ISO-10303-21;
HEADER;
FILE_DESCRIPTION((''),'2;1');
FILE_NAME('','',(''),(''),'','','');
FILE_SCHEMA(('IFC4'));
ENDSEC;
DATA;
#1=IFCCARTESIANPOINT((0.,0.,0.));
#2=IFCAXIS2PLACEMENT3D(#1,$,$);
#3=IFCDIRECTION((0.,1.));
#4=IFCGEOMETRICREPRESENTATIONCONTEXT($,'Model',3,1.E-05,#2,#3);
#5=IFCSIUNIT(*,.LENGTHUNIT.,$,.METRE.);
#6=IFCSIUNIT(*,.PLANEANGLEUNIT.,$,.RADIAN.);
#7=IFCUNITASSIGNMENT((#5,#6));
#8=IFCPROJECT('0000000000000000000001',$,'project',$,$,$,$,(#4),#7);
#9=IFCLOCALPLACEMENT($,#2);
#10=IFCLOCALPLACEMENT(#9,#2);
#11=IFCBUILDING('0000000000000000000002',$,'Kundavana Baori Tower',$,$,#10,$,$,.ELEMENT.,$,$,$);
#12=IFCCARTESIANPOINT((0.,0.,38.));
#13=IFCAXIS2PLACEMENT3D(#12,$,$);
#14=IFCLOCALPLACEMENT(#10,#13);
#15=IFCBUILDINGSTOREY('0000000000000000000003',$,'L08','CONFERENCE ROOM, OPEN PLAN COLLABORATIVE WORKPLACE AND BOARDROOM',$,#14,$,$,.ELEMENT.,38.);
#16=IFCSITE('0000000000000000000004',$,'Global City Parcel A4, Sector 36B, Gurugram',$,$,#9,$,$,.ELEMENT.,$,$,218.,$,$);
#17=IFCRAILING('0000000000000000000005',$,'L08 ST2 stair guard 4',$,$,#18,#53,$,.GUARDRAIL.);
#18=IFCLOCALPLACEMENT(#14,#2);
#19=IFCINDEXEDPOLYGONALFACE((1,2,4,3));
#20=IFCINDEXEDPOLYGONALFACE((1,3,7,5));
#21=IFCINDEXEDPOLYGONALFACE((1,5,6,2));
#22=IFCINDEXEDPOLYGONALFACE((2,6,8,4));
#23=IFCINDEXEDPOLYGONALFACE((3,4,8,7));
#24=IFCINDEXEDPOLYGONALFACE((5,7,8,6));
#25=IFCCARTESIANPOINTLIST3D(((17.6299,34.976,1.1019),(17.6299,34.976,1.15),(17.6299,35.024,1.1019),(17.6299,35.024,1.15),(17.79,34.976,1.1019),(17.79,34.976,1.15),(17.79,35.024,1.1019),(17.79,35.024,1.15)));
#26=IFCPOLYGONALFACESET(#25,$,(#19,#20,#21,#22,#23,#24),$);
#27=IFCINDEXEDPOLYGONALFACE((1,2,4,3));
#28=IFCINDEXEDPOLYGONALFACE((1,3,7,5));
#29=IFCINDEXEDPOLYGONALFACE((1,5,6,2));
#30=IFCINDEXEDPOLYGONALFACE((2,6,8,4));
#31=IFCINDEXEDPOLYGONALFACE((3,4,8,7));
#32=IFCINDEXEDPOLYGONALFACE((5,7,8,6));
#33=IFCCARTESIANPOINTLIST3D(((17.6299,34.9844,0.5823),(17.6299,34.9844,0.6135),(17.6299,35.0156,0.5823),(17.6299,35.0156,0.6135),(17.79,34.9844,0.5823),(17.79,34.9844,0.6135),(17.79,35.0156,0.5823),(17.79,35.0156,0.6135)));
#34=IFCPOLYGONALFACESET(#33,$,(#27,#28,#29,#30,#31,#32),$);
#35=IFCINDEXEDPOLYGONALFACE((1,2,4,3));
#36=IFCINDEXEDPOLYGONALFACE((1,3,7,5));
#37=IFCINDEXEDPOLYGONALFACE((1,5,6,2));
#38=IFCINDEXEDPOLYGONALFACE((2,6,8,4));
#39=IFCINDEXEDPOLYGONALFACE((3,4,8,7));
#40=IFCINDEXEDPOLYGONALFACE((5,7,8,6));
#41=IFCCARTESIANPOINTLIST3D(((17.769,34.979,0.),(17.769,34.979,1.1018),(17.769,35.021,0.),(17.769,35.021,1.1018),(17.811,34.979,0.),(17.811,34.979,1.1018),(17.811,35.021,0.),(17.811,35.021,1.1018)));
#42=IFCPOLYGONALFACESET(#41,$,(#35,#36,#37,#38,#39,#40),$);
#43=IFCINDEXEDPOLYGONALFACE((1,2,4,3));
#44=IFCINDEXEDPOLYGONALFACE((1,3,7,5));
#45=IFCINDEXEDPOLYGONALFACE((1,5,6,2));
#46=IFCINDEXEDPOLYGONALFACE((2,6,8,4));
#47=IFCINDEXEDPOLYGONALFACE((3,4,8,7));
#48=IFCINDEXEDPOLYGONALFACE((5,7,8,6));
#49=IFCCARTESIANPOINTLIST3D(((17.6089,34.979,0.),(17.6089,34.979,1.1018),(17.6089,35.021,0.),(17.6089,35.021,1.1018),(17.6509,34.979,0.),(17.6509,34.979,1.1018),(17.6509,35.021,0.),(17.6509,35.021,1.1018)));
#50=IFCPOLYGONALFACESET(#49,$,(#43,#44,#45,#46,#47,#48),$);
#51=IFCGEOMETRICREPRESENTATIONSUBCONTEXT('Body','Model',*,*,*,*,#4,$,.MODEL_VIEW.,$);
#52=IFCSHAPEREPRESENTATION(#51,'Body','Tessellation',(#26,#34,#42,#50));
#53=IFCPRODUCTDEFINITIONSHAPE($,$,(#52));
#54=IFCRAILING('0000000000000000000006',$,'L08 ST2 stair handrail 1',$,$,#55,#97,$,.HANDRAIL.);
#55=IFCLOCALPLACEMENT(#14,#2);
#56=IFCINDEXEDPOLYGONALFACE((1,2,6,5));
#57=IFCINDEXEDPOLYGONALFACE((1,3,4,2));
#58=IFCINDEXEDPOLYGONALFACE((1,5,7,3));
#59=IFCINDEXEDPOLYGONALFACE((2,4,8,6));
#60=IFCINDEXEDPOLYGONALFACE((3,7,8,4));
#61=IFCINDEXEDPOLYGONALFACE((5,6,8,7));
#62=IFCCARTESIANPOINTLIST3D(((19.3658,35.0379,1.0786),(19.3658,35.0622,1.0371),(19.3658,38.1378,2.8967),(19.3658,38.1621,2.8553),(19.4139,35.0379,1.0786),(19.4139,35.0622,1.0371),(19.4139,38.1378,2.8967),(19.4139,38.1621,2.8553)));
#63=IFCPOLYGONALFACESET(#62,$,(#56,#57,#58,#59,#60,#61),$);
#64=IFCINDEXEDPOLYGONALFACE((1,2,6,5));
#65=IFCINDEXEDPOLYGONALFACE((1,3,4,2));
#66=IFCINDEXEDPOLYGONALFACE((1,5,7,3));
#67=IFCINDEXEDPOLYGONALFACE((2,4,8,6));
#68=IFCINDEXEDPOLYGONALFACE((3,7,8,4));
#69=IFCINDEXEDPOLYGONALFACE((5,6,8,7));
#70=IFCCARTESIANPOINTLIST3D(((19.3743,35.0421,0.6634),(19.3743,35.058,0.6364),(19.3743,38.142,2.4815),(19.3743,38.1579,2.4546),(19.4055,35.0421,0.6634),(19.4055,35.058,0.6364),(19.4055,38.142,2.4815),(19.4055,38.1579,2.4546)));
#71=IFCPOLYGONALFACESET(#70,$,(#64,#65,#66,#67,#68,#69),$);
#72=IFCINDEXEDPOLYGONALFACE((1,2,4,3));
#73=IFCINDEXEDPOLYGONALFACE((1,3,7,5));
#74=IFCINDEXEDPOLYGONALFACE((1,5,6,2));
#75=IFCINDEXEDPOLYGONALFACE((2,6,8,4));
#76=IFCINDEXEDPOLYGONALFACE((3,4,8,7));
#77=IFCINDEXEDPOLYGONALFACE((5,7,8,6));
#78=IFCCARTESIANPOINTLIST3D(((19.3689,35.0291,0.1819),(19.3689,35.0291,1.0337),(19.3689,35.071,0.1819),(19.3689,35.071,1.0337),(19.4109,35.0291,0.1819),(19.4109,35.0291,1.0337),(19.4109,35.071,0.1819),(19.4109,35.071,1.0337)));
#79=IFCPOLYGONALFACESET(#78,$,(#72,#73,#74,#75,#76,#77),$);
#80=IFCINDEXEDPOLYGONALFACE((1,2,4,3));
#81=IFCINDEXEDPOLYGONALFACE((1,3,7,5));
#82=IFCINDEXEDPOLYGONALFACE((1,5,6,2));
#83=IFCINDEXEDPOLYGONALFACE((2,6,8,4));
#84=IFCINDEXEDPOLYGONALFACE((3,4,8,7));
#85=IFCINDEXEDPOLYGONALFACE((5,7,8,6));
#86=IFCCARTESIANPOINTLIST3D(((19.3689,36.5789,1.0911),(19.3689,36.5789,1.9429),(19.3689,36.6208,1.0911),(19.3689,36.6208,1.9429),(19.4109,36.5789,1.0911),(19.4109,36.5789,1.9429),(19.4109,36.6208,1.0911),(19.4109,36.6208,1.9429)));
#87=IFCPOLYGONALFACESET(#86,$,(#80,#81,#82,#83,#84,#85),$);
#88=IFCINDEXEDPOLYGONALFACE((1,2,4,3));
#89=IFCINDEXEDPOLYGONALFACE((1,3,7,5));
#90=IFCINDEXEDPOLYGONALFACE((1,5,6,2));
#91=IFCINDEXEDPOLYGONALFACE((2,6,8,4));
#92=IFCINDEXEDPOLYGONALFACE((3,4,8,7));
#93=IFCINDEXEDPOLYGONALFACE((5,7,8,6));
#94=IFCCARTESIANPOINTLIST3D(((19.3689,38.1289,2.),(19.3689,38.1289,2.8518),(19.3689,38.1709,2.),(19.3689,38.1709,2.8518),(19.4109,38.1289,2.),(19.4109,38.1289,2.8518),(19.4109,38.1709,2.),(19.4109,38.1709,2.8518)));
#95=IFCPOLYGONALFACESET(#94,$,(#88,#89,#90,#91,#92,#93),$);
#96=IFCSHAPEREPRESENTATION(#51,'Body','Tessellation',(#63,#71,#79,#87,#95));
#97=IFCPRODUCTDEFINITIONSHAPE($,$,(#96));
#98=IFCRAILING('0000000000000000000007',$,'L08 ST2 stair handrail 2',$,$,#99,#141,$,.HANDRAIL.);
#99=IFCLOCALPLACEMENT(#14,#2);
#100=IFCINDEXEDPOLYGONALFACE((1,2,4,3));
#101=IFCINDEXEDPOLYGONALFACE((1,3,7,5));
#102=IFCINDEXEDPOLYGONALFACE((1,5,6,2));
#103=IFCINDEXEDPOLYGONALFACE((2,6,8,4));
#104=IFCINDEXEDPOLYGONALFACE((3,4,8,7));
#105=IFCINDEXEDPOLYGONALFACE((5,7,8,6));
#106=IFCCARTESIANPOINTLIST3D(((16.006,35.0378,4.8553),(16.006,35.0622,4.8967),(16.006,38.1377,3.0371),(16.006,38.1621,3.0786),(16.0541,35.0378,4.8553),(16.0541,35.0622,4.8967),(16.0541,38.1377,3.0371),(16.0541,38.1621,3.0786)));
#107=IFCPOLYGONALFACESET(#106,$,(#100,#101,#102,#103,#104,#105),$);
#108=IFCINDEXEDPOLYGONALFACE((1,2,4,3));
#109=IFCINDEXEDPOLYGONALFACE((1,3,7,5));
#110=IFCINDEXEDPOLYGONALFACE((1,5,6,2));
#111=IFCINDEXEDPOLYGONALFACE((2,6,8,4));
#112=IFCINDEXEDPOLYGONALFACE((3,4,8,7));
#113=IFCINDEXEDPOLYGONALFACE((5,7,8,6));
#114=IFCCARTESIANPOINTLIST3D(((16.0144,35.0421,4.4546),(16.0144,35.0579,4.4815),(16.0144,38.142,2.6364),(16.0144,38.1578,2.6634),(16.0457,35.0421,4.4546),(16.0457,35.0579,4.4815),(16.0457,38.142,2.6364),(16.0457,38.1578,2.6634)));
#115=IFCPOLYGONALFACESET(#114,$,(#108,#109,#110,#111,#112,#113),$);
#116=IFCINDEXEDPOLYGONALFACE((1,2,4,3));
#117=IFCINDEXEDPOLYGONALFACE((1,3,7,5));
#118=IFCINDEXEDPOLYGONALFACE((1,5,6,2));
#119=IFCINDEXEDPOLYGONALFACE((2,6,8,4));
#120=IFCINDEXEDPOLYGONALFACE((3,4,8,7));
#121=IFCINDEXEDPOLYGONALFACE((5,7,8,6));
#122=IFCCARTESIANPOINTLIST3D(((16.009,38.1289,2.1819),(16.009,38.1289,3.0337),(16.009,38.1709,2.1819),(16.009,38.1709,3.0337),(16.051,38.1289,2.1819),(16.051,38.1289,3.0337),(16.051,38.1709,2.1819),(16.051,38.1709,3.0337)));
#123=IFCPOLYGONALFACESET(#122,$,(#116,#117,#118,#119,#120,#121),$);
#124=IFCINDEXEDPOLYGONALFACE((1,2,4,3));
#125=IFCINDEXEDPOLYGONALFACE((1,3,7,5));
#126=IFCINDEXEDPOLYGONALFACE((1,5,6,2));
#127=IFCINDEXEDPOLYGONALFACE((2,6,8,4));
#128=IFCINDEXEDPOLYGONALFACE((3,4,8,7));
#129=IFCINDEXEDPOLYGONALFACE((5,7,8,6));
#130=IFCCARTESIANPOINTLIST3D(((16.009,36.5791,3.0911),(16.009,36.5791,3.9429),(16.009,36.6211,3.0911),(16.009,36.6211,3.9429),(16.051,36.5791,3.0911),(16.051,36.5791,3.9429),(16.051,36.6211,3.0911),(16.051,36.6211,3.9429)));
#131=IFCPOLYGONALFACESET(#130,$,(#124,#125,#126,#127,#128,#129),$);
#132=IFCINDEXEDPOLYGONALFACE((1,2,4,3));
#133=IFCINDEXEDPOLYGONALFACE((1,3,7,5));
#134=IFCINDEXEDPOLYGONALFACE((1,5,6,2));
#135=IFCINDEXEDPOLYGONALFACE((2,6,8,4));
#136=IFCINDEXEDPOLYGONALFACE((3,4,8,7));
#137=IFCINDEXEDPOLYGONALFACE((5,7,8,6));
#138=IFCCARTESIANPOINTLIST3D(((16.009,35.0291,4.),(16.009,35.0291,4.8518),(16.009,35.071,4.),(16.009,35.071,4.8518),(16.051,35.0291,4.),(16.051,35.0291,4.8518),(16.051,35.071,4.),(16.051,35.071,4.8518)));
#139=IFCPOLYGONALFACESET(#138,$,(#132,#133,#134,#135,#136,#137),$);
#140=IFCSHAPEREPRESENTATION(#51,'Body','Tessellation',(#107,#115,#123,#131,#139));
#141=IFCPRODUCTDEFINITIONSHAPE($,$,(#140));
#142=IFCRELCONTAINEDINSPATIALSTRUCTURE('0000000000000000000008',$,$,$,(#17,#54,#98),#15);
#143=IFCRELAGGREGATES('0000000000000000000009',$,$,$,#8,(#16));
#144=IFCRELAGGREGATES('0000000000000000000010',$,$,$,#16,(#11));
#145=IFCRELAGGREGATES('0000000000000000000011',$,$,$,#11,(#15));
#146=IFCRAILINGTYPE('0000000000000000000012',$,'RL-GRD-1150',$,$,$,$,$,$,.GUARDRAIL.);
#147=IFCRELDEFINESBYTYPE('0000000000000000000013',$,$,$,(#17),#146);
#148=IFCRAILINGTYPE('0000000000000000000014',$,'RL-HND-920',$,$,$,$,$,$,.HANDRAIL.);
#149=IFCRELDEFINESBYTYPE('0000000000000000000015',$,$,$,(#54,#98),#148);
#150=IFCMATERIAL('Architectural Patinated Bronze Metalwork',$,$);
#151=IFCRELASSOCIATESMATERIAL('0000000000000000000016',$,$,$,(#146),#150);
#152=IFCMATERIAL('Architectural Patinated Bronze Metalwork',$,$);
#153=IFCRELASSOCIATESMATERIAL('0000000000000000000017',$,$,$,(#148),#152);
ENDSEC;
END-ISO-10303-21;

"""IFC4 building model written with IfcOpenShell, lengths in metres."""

from ifc_helpers import new_model, si_unit, direction, frame, origin, origin_2d, place, context, subcontext, project, spatial, rectangle, extrude, material, type_object, element, save


model = new_model("IFC4")

# Units and contexts
model_context = context("Model", 3, precision=1e-05, world=origin(), true_north=direction((0.0, 1.0)))
body_context = subcontext(model_context, "Body", "Model", "MODEL_VIEW")
ifc_project = project(units=[si_unit("LENGTHUNIT", "METRE"), si_unit("PLANEANGLEUNIT", "RADIAN")], contexts=[model_context])

# Site, building, storey
site_placement = place(None, origin())
site = spatial("IfcSite", under=ifc_project, at=site_placement, Name="Global City Parcel A4, Sector 36B, Gurugram", CompositionType="ELEMENT", RefElevation=218.0)
building_placement = place(site_placement, origin())
building = spatial("IfcBuilding", under=site, at=building_placement, Name="Kundavana Baori Tower", CompositionType="ELEMENT")
storey_placement = place(building_placement, frame((0.0, 0.0, 38.0)))
storey = spatial("IfcBuildingStorey", under=building, at=storey_placement, Name="L08", Description="CONFERENCE ROOM, OPEN PLAN COLLABORATIVE WORKPLACE AND BOARDROOM", CompositionType="ELEMENT", Elevation=38.0)

# Railings
ifc_material_1 = material(Name="Architectural Patinated Bronze Metalwork")
railing_type_1 = type_object("IfcRailingType", Name="RL-GRD-1150", PredefinedType="GUARDRAIL", material=ifc_material_1)
railing_1_placement = place(storey_placement, frame((17.79, 35.0, 0.0)))
element("IfcRailing", 1, at=railing_1_placement, inside=storey, type_object=railing_type_1, Name="L08 ST2 stair guard 4", PredefinedType="GUARDRAIL", context=body_context, shape_type="SweptSolid", body=[
    extrude(rectangle(XDim=0.0481, YDim=0.0481, at=origin_2d()), frame((0.0, 0.0, 1.126), z_axis=(-1.0, 0.0, 0.0), x_axis=(0.0, -1.0, 0.0)), (0.0, 0.0, 1.0), 0.1602),
    extrude(rectangle(XDim=0.0312, YDim=0.0312, at=origin_2d()), frame((0.0, 0.0, 0.5979), z_axis=(-1.0, 0.0, 0.0), x_axis=(0.0, -1.0, 0.0)), (0.0, 0.0, 1.0), 0.1602),
    extrude(rectangle(XDim=0.042, YDim=0.042, at=origin_2d()), origin(), (0.0, 0.0, 1.0), 1.1018),
    extrude(rectangle(XDim=0.042, YDim=0.042, at=origin_2d()), frame((-0.1602, 0.0, 0.0)), (0.0, 0.0, 1.0), 1.1018),
])
ifc_material_2 = material(Name="Architectural Patinated Bronze Metalwork")
railing_type_2 = type_object("IfcRailingType", Name="RL-HND-920", PredefinedType="HANDRAIL", material=ifc_material_2)
railing_2_placement = place(storey_placement, frame((19.3899, 35.05, 0.1819)))
element("IfcRailing", 2, at=railing_2_placement, inside=storey, type_object=railing_type_2, Name="L08 ST2 stair handrail 1", PredefinedType="HANDRAIL", context=body_context, shape_type="SweptSolid", body=[
    extrude(rectangle(XDim=0.0481, YDim=0.0481, at=origin_2d()), frame((0.0, 0.0, 0.876), z_axis=(0.0, 0.862581, 0.505918), x_axis=(-1.0, 0.0, 0.0)), (0.0, 0.0, 1.0), 3.5938),
    extrude(rectangle(XDim=0.0312, YDim=0.0312, at=origin_2d()), frame((0.0, 0.0, 0.468), z_axis=(0.0, 0.862581, 0.505918), x_axis=(-1.0, 0.0, 0.0)), (0.0, 0.0, 1.0), 3.5938),
    extrude(rectangle(XDim=0.042, YDim=0.042, at=origin_2d()), origin(), (0.0, 0.0, 1.0), 0.8518),
    extrude(rectangle(XDim=0.042, YDim=0.042, at=origin_2d()), frame((0.0, 1.5498, 0.9092)), (0.0, 0.0, 1.0), 0.8518),
    extrude(rectangle(XDim=0.042, YDim=0.042, at=origin_2d()), frame((0.0, 3.0999, 1.8181)), (0.0, 0.0, 1.0), 0.8518),
])
railing_3_placement = place(storey_placement, frame((16.03, 38.1499, 2.1819)))
element("IfcRailing", 3, at=railing_3_placement, inside=storey, type_object=railing_type_2, Name="L08 ST2 stair handrail 2", PredefinedType="HANDRAIL", context=body_context, shape_type="SweptSolid", body=[
    extrude(rectangle(XDim=0.0481, YDim=0.0481, at=origin_2d()), frame((0.0, 0.0, 0.876), z_axis=(0.0, -0.862581, 0.505918), x_axis=(1.0, 0.0, 0.0)), (0.0, 0.0, 1.0), 3.5938),
    extrude(rectangle(XDim=0.0312, YDim=0.0312, at=origin_2d()), frame((0.0, 0.0, 0.468), z_axis=(0.0, -0.862581, 0.505918), x_axis=(1.0, 0.0, 0.0)), (0.0, 0.0, 1.0), 3.5938),
    extrude(rectangle(XDim=0.042, YDim=0.042, at=origin_2d()), origin(), (0.0, 0.0, 1.0), 0.8518),
    extrude(rectangle(XDim=0.042, YDim=0.042, at=origin_2d()), frame((0.0, -1.5498, 0.9092)), (0.0, 0.0, 1.0), 0.8518),
    extrude(rectangle(XDim=0.042, YDim=0.042, at=origin_2d()), frame((0.0, -3.0999, 1.8181)), (0.0, 0.0, 1.0), 0.8518),
])

save(model, "model.ifc")
